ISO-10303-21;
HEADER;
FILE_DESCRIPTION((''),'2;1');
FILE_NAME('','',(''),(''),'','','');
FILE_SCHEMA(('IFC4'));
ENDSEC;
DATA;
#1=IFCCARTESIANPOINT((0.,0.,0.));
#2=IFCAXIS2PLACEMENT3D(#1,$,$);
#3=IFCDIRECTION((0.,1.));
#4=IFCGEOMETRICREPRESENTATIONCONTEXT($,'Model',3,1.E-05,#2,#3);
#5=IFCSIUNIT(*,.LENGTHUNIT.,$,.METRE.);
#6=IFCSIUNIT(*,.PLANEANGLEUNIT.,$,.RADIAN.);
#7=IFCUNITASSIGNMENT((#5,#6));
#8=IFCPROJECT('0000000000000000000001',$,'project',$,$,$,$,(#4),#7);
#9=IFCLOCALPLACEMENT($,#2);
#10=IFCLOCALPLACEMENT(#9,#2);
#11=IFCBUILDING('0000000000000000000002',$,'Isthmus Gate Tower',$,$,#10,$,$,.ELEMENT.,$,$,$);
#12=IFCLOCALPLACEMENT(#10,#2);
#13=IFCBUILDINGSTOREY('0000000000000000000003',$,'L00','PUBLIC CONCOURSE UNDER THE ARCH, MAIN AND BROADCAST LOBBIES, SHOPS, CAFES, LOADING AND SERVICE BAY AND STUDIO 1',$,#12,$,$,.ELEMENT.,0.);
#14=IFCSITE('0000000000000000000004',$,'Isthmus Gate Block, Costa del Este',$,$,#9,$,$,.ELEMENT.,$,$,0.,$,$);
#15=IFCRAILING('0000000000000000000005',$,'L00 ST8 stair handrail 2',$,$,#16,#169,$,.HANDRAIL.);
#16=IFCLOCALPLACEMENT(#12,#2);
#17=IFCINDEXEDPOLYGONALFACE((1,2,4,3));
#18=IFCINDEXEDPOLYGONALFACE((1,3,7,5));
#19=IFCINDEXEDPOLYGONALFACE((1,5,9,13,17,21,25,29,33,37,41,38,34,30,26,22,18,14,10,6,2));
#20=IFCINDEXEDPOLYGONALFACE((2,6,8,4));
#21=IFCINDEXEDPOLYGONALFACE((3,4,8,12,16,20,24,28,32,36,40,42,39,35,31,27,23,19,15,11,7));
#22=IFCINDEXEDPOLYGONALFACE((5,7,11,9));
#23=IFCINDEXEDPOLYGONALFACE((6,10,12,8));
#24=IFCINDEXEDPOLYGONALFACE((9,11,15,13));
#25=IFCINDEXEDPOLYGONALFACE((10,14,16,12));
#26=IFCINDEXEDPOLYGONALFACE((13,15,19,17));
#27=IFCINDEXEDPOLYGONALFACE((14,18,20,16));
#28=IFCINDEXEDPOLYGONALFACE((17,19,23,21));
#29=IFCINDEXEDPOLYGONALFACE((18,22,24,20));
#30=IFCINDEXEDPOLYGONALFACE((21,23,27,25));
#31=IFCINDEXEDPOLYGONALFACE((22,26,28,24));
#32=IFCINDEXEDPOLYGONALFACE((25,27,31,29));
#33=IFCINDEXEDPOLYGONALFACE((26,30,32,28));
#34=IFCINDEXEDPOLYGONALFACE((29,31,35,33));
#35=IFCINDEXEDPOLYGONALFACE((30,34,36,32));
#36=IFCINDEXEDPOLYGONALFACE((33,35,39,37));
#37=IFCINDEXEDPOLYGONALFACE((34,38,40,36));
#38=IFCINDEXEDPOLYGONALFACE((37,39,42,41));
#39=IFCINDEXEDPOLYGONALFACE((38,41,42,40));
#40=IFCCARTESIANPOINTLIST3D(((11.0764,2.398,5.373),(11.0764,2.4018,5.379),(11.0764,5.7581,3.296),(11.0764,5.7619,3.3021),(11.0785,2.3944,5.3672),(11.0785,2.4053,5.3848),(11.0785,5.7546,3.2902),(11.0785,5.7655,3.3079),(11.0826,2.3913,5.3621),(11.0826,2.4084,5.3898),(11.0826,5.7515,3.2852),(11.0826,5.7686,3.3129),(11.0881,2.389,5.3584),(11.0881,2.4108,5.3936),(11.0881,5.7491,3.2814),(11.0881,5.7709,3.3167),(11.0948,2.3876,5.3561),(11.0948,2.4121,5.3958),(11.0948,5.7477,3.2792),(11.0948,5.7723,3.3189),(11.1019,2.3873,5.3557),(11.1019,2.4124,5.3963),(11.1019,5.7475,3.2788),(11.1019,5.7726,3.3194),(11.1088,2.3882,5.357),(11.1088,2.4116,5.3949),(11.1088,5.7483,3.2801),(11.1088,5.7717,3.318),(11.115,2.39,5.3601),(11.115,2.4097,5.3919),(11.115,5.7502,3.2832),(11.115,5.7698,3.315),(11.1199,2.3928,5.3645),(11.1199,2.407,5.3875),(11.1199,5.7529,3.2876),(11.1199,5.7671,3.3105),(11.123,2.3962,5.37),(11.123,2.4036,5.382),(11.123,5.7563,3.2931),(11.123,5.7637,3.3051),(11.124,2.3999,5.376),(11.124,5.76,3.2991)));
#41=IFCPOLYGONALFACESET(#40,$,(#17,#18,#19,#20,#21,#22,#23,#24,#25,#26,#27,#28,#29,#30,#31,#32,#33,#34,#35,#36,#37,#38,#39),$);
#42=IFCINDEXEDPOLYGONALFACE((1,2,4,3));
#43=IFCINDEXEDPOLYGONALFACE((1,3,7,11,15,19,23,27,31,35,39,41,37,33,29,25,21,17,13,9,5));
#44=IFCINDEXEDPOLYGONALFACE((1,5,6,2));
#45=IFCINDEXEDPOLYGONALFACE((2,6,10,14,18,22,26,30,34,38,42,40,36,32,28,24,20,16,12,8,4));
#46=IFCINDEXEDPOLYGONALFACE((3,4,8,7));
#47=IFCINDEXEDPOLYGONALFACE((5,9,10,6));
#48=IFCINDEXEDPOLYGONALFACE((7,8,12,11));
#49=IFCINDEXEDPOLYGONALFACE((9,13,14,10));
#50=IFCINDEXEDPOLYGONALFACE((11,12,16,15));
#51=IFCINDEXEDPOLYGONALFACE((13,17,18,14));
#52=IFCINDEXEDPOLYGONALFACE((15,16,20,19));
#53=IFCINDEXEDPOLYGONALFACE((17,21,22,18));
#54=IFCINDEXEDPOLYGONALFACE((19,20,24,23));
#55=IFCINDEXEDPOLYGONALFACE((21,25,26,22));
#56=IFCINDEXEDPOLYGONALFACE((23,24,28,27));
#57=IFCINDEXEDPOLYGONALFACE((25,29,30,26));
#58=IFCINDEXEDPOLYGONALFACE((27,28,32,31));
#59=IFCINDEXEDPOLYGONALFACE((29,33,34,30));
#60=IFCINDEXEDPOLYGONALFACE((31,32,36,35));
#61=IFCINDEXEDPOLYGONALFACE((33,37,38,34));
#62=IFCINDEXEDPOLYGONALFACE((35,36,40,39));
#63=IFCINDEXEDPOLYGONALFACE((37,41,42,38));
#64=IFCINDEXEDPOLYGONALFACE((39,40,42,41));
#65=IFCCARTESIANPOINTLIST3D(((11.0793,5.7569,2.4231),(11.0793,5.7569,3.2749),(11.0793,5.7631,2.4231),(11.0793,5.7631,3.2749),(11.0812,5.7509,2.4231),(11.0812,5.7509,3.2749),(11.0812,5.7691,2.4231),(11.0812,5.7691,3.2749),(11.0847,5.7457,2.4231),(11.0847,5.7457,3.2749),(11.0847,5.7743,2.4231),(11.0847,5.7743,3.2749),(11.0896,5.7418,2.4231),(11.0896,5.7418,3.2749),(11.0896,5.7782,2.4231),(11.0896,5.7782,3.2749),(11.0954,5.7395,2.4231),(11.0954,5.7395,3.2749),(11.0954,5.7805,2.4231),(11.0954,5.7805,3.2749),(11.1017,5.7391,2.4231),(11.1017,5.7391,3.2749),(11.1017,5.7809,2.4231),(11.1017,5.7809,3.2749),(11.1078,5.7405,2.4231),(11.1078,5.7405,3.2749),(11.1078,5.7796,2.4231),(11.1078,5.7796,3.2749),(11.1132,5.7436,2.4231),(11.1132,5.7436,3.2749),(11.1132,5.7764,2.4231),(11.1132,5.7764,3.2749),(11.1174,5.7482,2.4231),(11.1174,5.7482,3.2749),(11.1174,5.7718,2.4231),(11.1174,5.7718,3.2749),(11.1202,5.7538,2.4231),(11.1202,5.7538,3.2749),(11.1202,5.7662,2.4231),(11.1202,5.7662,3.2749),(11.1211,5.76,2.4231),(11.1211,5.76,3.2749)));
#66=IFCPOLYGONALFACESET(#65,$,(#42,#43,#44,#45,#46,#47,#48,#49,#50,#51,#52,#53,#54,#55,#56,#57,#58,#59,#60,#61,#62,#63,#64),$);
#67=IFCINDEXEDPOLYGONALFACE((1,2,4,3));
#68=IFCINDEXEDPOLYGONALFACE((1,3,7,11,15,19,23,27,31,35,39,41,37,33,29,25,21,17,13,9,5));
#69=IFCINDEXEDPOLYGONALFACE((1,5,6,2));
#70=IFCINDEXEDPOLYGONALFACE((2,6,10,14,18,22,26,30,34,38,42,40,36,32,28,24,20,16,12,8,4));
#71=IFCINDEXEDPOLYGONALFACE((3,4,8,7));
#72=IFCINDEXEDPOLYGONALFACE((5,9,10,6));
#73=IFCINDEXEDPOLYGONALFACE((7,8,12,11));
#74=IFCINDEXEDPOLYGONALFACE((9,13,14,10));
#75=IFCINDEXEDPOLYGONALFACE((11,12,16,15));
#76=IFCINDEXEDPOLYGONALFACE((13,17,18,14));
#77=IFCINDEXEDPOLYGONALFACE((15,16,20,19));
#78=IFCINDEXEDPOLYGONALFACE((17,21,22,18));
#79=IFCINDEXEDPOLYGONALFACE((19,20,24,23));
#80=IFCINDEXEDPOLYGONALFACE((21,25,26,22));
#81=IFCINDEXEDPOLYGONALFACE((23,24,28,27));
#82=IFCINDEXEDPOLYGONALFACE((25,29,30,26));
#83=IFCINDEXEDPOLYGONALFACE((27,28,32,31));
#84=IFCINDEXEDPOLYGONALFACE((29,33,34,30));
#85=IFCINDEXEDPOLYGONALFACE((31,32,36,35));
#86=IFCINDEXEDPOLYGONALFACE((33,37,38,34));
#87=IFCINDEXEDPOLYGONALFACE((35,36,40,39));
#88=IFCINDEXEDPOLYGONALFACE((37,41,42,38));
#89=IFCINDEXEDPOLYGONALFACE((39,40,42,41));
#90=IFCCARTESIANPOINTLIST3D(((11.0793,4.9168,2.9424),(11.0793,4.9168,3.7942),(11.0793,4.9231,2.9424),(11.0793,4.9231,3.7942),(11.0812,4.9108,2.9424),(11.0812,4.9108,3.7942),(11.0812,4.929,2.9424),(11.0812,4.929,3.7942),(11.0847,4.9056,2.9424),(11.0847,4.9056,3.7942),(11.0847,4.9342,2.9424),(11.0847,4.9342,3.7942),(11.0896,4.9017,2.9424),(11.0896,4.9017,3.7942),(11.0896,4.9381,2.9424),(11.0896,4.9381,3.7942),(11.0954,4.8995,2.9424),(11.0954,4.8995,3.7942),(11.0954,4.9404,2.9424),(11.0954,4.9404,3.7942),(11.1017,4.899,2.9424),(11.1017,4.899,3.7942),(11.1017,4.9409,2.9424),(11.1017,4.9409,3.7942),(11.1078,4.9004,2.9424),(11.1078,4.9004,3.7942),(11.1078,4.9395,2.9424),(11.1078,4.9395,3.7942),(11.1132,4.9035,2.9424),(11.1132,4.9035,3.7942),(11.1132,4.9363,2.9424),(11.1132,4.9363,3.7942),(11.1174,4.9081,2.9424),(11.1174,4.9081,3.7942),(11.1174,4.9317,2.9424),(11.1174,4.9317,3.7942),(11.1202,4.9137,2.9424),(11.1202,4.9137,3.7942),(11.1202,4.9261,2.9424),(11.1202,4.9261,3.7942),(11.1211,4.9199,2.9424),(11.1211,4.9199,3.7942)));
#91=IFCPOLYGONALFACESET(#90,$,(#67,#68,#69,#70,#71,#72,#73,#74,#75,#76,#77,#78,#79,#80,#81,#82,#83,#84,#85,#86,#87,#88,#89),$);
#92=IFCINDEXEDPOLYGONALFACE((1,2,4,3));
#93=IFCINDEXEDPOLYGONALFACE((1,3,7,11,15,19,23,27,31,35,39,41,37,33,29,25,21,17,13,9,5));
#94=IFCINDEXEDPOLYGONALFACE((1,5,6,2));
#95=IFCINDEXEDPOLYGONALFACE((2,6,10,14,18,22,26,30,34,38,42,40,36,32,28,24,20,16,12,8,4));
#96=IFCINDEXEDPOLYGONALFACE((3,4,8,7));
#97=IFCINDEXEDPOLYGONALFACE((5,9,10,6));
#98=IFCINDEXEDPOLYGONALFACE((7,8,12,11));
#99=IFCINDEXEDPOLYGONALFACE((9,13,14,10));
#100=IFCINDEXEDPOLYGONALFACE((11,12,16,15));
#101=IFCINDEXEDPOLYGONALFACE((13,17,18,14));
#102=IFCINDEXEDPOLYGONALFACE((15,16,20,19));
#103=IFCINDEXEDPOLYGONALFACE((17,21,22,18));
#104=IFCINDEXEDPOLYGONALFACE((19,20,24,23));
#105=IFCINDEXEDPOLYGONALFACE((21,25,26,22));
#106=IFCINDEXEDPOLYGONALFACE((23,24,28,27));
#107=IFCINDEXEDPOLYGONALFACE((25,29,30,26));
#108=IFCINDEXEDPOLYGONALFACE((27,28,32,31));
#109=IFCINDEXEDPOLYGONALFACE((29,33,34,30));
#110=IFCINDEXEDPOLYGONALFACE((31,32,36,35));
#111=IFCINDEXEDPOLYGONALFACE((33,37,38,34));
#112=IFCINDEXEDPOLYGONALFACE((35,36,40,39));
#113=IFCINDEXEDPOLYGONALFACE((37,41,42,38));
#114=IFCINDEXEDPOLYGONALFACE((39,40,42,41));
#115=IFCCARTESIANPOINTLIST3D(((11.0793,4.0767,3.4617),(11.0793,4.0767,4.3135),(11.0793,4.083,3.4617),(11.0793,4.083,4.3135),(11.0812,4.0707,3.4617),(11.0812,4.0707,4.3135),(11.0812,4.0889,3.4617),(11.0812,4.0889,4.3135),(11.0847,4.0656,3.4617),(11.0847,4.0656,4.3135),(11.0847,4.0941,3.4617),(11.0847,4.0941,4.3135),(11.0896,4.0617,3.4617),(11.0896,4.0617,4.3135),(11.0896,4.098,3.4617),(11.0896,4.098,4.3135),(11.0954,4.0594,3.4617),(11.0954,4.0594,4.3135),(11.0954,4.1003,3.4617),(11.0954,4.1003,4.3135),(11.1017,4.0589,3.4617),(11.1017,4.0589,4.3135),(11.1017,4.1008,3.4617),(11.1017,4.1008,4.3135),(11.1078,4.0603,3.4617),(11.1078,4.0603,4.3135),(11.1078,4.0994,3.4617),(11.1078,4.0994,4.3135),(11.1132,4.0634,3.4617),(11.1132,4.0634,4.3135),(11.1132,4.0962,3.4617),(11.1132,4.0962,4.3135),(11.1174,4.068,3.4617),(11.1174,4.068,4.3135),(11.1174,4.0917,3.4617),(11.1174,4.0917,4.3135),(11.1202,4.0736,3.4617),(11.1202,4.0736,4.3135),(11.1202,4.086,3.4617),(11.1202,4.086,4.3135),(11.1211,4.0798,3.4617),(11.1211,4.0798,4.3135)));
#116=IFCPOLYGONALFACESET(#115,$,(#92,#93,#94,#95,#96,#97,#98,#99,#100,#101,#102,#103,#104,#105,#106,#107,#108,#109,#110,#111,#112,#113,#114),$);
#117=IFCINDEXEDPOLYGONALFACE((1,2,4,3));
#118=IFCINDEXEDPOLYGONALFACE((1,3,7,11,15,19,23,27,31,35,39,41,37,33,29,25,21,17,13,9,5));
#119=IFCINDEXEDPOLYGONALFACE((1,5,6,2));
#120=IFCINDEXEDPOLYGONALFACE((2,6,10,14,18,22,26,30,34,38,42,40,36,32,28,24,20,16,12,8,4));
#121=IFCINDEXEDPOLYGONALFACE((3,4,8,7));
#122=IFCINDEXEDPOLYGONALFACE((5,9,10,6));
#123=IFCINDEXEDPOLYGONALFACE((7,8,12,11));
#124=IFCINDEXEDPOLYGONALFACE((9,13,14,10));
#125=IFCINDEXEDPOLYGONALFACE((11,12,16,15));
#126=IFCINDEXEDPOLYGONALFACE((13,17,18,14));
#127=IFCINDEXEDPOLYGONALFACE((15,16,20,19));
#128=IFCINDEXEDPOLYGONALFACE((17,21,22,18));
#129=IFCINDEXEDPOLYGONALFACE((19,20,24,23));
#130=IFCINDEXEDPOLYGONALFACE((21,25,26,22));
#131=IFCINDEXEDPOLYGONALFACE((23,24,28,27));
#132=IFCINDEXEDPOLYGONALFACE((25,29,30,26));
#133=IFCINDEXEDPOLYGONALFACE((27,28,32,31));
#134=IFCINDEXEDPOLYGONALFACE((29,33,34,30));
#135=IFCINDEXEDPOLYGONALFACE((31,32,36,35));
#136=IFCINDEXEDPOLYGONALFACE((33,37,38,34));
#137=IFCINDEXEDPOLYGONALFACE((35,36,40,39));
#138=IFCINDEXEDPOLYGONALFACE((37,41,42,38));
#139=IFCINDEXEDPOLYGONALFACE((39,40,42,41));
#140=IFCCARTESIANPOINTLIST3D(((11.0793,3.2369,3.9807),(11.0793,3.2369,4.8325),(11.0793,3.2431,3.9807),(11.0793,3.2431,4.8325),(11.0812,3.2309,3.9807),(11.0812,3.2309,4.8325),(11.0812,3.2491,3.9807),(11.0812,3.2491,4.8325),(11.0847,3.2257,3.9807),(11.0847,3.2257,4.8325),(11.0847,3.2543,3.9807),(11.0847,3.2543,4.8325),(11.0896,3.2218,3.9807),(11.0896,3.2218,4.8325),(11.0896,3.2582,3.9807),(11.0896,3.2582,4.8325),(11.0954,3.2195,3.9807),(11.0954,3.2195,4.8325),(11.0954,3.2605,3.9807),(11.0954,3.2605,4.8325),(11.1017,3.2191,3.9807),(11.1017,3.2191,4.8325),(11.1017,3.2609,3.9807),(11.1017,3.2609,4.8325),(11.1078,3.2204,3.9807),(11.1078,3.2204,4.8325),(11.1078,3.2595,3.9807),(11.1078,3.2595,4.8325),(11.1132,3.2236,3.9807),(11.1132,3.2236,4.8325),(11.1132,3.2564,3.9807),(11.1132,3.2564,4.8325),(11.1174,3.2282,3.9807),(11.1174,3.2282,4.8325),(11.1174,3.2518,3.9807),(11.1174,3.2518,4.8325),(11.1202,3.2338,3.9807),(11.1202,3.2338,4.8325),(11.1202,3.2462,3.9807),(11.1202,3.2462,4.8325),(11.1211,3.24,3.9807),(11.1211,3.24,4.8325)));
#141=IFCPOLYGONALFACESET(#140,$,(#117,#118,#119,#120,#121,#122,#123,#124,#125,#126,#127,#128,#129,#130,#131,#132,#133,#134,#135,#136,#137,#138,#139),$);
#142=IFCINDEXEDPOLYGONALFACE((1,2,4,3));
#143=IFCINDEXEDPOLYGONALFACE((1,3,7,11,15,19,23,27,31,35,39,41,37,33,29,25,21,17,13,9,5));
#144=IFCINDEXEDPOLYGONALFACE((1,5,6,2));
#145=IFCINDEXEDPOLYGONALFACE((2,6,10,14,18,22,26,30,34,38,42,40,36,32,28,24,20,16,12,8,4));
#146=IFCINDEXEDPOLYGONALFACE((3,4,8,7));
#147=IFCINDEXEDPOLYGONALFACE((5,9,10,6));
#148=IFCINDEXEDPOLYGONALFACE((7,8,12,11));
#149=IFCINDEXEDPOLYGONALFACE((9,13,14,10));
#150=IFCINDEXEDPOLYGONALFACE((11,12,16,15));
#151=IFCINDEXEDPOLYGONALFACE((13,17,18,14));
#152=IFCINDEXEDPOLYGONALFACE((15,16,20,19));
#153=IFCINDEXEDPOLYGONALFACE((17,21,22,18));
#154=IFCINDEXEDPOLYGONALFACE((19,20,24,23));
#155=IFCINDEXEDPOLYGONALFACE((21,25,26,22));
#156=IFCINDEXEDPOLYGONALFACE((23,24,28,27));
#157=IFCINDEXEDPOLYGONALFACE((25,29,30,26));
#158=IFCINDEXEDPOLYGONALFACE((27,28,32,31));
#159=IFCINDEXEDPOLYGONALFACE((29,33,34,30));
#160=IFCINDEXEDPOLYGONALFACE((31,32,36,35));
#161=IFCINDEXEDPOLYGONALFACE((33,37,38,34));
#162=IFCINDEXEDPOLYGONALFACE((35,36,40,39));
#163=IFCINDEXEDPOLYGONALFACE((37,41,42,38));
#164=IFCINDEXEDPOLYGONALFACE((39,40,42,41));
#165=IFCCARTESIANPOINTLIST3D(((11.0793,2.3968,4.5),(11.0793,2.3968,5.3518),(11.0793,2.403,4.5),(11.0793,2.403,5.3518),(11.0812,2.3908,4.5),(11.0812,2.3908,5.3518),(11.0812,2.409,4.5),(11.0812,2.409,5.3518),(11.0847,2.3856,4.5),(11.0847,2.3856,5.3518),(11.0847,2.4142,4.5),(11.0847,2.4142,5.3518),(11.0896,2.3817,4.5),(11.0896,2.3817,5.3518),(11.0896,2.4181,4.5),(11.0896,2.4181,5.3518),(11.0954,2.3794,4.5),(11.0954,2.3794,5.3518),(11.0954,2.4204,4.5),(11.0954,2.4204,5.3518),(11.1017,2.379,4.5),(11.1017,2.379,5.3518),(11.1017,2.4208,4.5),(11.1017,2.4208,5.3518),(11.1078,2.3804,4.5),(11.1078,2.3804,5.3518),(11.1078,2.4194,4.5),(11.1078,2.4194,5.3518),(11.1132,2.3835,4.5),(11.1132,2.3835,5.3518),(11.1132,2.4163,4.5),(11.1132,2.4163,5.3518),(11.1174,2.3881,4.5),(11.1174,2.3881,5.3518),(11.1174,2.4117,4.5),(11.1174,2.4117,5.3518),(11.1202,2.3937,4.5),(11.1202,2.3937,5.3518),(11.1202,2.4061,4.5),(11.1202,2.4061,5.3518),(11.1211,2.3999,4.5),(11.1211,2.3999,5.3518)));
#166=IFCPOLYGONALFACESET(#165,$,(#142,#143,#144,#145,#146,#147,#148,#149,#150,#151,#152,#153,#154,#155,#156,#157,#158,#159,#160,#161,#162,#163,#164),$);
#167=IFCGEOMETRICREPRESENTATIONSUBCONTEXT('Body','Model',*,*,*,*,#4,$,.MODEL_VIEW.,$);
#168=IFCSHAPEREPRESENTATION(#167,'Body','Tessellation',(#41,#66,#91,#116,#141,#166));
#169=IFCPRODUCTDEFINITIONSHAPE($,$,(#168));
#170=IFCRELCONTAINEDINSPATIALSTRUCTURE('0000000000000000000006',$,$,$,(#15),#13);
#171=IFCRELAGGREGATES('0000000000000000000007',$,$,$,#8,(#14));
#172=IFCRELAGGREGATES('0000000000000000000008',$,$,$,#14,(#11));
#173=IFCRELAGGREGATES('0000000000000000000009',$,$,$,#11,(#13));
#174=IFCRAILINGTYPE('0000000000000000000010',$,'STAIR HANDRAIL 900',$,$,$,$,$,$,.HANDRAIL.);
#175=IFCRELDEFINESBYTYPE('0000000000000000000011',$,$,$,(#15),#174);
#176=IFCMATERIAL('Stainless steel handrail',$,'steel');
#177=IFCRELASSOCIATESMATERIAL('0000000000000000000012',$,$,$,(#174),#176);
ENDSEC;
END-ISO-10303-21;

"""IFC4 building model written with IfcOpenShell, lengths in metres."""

from ifc_helpers import new_model, si_unit, direction, frame, origin, origin_2d, place, context, subcontext, project, spatial, circle, extrude, material, type_object, element, save


model = new_model("IFC4")

# Units and contexts
model_context = context("Model", 3, precision=1e-05, world=origin(), true_north=direction((0.0, 1.0)))
body_context = subcontext(model_context, "Body", "Model", "MODEL_VIEW")
ifc_project = project(units=[si_unit("LENGTHUNIT", "METRE"), si_unit("PLANEANGLEUNIT", "RADIAN")], contexts=[model_context])

# Site, building, storey
site_placement = place(None, origin())
site = spatial("IfcSite", under=ifc_project, at=site_placement, Name="Isthmus Gate Block, Costa del Este", CompositionType="ELEMENT", RefElevation=0.0)
building_placement = place(site_placement, origin())
building = spatial("IfcBuilding", under=site, at=building_placement, Name="Isthmus Gate Tower", CompositionType="ELEMENT")
storey_placement = place(building_placement, origin())
storey = spatial("IfcBuildingStorey", under=building, at=storey_placement, Name="L00", Description="PUBLIC CONCOURSE UNDER THE ARCH, MAIN AND BROADCAST LOBBIES, SHOPS, CAFES, LOADING AND SERVICE BAY AND STUDIO 1", CompositionType="ELEMENT", Elevation=0.0)

# Railing
ifc_material_1 = material(Name="Stainless steel handrail", Category="steel")
railing_type_1 = type_object("IfcRailingType", Name="STAIR HANDRAIL 900", PredefinedType="HANDRAIL", material=ifc_material_1)
for number, where, name in (
    (1, (11.1001, 5.76, 2.4231), "L00 ST8 stair handrail 2"),
):
    element("IfcRailing", number, at=place(storey_placement, frame(where)), inside=storey, type_object=railing_type_1, Name=name, PredefinedType="HANDRAIL", context=body_context, shape_type="SweptSolid", body=[
        extrude(circle(Radius=0.0239, at=origin_2d()), frame((0.0, 0.0, 0.876), z_axis=(0.0, -0.850623, 0.525776), x_axis=(1.0, 0.0, 0.0)), (0.0, 0.0, 1.0), 3.9502),
        extrude(circle(Radius=0.021, at=origin_2d()), origin(), (0.0, 0.0, 1.0), 0.8518),
        extrude(circle(Radius=0.021, at=origin_2d()), frame((0.0, -0.8401, 0.5193)), (0.0, 0.0, 1.0), 0.8518),
        extrude(circle(Radius=0.021, at=origin_2d()), frame((0.0, -1.6802, 1.0386)), (0.0, 0.0, 1.0), 0.8518),
        extrude(circle(Radius=0.021, at=origin_2d()), frame((0.0, -2.52, 1.5576)), (0.0, 0.0, 1.0), 0.8518),
        extrude(circle(Radius=0.021, at=origin_2d()), frame((0.0, -3.3601, 2.0769)), (0.0, 0.0, 1.0), 0.8518),
    ])

save(model, "model.ifc")
